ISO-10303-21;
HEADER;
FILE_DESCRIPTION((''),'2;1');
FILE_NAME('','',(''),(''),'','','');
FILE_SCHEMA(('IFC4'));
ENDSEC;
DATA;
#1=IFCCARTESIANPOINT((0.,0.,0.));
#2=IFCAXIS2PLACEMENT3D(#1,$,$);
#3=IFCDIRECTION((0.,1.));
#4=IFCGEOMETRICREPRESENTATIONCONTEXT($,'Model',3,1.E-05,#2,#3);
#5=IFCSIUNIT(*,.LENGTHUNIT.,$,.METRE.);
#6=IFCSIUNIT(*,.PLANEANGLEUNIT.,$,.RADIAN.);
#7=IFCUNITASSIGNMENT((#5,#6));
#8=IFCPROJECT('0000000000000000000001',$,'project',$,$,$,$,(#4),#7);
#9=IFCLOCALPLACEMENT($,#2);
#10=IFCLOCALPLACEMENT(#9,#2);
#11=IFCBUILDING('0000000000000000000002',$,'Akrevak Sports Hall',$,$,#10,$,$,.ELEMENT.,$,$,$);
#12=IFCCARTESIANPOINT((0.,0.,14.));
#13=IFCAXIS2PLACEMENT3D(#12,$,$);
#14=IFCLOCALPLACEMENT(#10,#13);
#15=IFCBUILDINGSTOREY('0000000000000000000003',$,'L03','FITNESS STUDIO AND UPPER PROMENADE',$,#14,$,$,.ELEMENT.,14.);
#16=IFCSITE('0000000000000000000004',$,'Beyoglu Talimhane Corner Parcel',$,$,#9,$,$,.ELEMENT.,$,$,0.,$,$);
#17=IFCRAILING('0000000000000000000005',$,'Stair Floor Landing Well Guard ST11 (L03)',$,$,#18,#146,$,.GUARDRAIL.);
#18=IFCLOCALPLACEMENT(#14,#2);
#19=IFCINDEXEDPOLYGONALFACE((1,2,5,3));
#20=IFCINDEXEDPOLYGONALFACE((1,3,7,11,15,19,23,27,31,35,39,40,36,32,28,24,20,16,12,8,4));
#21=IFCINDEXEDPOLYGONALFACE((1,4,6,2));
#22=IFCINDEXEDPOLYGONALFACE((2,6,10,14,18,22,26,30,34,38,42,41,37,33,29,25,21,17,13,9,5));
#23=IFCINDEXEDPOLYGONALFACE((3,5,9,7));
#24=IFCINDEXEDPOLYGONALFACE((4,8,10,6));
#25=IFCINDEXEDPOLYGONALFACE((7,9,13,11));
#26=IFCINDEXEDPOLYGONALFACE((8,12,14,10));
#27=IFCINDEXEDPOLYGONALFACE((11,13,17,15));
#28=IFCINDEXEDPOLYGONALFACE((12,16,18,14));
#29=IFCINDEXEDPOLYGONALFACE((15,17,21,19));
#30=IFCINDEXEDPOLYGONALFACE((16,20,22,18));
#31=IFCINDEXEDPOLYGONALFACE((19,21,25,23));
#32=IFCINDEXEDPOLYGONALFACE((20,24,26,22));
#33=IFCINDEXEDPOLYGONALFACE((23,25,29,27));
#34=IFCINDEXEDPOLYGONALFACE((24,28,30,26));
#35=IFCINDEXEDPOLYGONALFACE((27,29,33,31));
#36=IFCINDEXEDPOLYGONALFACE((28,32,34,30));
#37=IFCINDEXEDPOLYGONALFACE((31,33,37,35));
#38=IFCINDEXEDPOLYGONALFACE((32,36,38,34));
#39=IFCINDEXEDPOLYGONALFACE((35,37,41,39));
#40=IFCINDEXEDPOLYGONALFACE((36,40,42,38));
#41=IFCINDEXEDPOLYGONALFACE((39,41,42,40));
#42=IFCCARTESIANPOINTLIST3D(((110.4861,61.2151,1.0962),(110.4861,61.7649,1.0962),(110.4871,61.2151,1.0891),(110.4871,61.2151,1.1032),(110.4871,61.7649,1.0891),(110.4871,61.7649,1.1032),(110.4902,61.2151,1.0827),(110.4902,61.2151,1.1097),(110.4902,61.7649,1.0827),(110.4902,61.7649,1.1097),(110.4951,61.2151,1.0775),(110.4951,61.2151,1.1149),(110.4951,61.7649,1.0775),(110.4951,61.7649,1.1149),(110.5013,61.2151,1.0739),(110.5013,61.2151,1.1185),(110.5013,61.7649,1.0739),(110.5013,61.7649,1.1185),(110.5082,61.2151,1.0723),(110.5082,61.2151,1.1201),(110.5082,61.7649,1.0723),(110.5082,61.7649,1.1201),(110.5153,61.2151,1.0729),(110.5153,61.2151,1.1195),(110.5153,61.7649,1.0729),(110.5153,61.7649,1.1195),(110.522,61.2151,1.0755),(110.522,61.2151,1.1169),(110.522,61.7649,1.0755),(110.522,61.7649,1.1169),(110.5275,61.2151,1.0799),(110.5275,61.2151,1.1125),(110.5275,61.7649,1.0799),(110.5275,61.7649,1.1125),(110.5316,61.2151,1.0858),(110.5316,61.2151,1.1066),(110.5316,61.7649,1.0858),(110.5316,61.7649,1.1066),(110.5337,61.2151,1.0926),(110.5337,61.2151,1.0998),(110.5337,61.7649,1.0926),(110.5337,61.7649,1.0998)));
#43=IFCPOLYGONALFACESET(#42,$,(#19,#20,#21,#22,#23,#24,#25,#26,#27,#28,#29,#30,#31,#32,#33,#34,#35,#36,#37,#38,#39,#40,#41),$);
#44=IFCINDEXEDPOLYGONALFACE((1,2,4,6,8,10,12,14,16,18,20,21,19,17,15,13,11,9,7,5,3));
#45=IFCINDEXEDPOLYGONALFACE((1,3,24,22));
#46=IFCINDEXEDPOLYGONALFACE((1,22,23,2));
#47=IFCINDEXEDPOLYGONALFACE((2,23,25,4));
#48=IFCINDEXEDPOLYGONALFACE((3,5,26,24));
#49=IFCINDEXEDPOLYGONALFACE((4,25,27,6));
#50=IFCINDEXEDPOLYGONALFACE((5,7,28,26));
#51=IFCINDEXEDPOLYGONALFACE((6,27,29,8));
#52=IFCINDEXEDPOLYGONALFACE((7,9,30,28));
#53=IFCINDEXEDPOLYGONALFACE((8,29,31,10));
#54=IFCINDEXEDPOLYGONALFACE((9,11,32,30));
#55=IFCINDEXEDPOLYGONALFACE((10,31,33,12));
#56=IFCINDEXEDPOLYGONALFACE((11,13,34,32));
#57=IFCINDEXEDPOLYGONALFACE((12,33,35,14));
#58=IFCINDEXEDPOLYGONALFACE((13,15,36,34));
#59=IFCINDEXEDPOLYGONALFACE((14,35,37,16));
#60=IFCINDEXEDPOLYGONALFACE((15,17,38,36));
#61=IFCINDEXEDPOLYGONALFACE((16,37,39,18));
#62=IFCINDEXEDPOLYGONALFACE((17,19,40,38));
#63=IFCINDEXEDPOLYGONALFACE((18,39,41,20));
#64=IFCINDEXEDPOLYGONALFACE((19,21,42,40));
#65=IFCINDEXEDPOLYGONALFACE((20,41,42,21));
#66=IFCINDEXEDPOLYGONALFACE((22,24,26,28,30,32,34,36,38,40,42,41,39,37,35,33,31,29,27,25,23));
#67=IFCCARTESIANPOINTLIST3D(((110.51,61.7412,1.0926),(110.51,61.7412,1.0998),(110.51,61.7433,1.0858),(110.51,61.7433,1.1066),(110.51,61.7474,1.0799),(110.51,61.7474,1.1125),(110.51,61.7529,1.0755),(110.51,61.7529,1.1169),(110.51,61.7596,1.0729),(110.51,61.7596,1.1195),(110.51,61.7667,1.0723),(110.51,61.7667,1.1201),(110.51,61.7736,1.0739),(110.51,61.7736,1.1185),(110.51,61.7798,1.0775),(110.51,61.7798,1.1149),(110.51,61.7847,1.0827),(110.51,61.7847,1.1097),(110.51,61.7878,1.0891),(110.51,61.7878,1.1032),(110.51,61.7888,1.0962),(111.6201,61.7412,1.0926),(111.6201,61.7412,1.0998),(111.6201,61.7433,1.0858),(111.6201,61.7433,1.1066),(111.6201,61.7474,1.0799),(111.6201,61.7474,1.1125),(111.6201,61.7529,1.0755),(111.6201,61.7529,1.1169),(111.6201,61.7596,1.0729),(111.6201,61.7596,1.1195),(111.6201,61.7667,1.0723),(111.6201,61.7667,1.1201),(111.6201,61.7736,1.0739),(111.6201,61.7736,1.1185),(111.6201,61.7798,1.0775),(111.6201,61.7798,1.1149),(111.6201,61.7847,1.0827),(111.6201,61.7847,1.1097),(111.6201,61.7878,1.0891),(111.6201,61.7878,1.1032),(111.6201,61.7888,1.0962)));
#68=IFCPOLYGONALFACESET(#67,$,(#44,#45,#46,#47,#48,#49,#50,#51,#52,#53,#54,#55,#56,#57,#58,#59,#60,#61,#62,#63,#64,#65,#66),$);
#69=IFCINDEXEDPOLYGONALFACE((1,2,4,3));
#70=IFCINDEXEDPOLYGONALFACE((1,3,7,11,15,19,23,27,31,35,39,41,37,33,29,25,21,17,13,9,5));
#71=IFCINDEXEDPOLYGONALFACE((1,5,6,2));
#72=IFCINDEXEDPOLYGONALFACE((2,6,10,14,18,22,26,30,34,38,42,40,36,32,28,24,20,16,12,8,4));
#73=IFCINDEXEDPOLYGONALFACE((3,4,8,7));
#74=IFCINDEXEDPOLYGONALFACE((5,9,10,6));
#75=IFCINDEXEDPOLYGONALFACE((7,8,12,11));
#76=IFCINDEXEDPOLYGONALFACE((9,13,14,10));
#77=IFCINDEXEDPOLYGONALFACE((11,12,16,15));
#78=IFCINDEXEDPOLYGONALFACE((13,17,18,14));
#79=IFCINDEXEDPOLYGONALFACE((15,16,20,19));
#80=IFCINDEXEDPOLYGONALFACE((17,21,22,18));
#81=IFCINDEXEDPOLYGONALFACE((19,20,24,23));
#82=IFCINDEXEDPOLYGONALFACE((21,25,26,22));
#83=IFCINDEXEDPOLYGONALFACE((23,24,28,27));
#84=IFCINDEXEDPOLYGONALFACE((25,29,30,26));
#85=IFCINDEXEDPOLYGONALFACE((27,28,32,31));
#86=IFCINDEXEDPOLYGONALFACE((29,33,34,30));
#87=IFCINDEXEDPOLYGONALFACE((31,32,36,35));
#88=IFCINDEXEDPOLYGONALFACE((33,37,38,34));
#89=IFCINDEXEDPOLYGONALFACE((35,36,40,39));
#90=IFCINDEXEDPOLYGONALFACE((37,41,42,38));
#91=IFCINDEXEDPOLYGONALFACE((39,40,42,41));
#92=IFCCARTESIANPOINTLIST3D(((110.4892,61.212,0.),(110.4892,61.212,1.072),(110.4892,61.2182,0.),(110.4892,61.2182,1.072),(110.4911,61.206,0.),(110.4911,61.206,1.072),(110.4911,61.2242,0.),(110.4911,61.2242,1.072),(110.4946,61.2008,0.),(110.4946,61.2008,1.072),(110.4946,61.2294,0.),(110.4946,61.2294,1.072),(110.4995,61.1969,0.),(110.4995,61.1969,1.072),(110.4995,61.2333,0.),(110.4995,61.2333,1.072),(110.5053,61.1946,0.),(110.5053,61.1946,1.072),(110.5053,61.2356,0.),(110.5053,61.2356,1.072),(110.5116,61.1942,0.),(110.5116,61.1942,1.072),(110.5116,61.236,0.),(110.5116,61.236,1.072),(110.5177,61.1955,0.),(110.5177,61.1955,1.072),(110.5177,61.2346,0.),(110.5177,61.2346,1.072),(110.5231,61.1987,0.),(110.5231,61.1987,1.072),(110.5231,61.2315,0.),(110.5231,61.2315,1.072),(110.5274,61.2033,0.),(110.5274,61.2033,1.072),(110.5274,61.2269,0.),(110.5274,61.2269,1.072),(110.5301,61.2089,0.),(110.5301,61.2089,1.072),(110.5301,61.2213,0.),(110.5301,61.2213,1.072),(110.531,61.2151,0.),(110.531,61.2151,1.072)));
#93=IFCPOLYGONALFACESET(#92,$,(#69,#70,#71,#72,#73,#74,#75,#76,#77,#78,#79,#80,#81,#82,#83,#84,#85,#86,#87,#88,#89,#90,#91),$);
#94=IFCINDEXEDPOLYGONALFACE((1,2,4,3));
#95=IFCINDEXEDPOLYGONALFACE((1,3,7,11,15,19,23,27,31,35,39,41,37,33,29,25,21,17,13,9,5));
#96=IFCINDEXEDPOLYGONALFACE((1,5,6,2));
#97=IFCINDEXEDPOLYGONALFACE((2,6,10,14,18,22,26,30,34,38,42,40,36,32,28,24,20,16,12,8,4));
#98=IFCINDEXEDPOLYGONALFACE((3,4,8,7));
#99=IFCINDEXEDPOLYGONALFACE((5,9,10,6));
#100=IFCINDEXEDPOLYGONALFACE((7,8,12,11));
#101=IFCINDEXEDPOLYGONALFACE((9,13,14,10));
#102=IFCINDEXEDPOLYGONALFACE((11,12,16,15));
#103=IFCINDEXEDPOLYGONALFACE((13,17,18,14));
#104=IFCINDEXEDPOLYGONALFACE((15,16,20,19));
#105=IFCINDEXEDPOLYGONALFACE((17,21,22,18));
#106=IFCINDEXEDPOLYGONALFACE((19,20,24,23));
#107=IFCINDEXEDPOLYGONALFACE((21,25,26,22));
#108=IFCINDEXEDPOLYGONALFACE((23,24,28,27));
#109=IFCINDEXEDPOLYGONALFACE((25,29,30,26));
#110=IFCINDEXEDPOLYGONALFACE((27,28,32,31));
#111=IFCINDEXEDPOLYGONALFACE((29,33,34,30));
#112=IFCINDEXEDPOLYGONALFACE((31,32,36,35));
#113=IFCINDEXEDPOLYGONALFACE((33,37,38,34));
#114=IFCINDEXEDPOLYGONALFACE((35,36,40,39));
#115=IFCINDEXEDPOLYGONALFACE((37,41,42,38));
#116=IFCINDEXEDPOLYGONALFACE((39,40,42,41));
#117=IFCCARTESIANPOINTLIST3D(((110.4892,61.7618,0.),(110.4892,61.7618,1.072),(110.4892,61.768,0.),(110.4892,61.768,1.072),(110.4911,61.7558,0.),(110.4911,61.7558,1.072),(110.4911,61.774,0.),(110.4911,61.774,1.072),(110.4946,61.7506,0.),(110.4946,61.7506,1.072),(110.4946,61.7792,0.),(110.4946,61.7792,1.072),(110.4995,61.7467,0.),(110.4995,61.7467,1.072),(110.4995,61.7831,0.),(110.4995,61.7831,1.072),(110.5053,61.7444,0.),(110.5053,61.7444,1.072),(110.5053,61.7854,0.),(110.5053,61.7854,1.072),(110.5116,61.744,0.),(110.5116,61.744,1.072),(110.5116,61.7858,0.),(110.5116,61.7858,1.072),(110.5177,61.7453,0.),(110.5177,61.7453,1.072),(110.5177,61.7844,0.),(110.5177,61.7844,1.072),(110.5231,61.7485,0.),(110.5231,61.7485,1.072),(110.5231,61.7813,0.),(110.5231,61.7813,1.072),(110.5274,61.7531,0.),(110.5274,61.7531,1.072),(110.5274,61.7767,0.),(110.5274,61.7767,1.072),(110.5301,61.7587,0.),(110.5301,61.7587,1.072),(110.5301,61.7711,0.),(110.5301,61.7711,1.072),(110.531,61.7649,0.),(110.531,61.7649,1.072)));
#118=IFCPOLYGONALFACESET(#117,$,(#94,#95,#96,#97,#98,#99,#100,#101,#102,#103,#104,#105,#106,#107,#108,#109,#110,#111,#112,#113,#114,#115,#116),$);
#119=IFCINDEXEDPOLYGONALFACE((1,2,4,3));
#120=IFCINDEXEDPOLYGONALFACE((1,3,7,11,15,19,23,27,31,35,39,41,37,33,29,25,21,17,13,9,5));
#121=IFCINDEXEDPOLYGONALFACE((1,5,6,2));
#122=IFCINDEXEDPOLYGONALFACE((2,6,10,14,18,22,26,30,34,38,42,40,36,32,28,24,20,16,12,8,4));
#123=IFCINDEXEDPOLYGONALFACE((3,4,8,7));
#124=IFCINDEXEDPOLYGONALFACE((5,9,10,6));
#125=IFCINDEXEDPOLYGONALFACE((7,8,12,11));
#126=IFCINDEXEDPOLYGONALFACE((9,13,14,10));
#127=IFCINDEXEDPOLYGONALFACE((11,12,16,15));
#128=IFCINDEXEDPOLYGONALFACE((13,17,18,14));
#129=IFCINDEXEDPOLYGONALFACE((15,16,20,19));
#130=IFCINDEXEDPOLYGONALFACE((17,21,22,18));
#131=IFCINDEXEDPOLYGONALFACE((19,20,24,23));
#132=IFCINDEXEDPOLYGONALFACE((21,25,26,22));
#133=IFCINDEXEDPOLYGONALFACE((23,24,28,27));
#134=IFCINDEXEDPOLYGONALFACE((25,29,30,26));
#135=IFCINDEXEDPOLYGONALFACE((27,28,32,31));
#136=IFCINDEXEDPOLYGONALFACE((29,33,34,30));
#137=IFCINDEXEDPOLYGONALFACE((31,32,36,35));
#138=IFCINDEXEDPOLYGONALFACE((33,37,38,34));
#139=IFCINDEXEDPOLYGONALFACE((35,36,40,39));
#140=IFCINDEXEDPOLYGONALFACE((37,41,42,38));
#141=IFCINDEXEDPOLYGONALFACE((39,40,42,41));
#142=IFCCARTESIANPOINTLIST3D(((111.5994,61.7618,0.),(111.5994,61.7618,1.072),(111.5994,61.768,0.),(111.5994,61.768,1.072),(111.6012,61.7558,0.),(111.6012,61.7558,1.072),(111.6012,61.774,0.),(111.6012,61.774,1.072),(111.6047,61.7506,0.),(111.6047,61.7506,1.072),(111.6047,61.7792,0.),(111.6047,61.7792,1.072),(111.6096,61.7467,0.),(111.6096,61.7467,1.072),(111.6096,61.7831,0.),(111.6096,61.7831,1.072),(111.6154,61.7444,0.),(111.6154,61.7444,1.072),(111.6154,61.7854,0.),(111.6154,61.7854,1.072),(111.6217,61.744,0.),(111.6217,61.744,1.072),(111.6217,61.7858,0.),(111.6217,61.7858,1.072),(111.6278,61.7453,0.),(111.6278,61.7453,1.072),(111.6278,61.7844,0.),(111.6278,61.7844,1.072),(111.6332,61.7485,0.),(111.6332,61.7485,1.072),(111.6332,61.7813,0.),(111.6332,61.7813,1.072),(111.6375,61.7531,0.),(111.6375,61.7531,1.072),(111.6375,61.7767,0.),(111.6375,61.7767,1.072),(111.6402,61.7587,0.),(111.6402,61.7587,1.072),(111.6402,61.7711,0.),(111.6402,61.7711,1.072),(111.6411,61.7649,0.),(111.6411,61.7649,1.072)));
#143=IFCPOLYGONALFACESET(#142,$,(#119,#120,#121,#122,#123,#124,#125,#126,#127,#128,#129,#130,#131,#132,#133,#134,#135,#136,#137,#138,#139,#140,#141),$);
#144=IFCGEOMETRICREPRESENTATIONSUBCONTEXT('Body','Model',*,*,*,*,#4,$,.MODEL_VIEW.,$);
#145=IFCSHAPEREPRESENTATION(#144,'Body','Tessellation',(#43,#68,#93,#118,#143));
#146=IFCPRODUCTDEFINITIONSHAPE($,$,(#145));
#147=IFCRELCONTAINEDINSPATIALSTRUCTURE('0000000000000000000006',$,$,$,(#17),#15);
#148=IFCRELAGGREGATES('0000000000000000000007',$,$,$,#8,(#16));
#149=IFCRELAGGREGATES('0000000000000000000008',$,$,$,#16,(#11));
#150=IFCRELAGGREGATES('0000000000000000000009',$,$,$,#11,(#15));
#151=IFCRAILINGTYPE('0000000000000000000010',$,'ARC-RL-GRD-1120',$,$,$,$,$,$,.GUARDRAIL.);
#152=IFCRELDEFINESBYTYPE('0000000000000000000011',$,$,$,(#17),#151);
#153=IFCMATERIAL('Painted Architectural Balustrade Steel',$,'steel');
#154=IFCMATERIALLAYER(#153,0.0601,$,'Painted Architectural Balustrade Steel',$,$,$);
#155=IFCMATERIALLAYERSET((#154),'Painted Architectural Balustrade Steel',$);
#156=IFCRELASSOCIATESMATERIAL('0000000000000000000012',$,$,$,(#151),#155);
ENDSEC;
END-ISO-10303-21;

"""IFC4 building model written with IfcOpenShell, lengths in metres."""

from ifc_helpers import new_model, si_unit, direction, frame, origin, origin_2d, place, context, subcontext, project, spatial, circle, extrude, material, layer, layer_set, type_object, element, save


model = new_model("IFC4")

# Units and contexts
model_context = context("Model", 3, precision=1e-05, world=origin(), true_north=direction((0.0, 1.0)))
body_context = subcontext(model_context, "Body", "Model", "MODEL_VIEW")
ifc_project = project(units=[si_unit("LENGTHUNIT", "METRE"), si_unit("PLANEANGLEUNIT", "RADIAN")], contexts=[model_context])

# Site, building, storey
site_placement = place(None, origin())
site = spatial("IfcSite", under=ifc_project, at=site_placement, Name="Beyoglu Talimhane Corner Parcel", CompositionType="ELEMENT", RefElevation=0.0)
building_placement = place(site_placement, origin())
building = spatial("IfcBuilding", under=site, at=building_placement, Name="Akrevak Sports Hall", CompositionType="ELEMENT")
storey_placement = place(building_placement, frame((0.0, 0.0, 14.0)))
storey = spatial("IfcBuildingStorey", under=building, at=storey_placement, Name="L03", Description="FITNESS STUDIO AND UPPER PROMENADE", CompositionType="ELEMENT", Elevation=14.0)

# Railing
ifc_material_1 = material(Name="Painted Architectural Balustrade Steel", Category="steel")
ifc_layer_1 = layer(ifc_material_1, 0.0601, Name="Painted Architectural Balustrade Steel")
ifc_layer_set_1 = layer_set([ifc_layer_1], Name="Painted Architectural Balustrade Steel")
railing_type_1 = type_object("IfcRailingType", Name="ARC-RL-GRD-1120", PredefinedType="GUARDRAIL", material=ifc_layer_set_1)
railing_1_placement = place(storey_placement, frame((110.51, 61.2151, 0.0)))
element("IfcRailing", 1, at=railing_1_placement, inside=storey, type_object=railing_type_1, Name="Stair Floor Landing Well Guard ST11 (L03)", PredefinedType="GUARDRAIL", context=body_context, shape_type="SweptSolid", body=[
    extrude(circle(Radius=0.0239, at=origin_2d()), frame((0.0, 0.0, 1.0962), z_axis=(0.0, 1.0, 0.0), x_axis=(-1.0, 0.0, 0.0)), (0.0, 0.0, 1.0), 0.5498),
    extrude(circle(Radius=0.0239, at=origin_2d()), frame((0.0, 0.5498, 1.0962), z_axis=(1.0, 0.0, 0.0), x_axis=(0.0, 1.0, 0.0)), (0.0, 0.0, 1.0), 1.1101),
    extrude(circle(Radius=0.021, at=origin_2d()), origin(), (0.0, 0.0, 1.0), 1.072),
    extrude(circle(Radius=0.021, at=origin_2d()), frame((0.0, 0.5498, 0.0)), (0.0, 0.0, 1.0), 1.072),
    extrude(circle(Radius=0.021, at=origin_2d()), frame((1.1101, 0.5498, 0.0)), (0.0, 0.0, 1.0), 1.072),
])

save(model, "model.ifc")
